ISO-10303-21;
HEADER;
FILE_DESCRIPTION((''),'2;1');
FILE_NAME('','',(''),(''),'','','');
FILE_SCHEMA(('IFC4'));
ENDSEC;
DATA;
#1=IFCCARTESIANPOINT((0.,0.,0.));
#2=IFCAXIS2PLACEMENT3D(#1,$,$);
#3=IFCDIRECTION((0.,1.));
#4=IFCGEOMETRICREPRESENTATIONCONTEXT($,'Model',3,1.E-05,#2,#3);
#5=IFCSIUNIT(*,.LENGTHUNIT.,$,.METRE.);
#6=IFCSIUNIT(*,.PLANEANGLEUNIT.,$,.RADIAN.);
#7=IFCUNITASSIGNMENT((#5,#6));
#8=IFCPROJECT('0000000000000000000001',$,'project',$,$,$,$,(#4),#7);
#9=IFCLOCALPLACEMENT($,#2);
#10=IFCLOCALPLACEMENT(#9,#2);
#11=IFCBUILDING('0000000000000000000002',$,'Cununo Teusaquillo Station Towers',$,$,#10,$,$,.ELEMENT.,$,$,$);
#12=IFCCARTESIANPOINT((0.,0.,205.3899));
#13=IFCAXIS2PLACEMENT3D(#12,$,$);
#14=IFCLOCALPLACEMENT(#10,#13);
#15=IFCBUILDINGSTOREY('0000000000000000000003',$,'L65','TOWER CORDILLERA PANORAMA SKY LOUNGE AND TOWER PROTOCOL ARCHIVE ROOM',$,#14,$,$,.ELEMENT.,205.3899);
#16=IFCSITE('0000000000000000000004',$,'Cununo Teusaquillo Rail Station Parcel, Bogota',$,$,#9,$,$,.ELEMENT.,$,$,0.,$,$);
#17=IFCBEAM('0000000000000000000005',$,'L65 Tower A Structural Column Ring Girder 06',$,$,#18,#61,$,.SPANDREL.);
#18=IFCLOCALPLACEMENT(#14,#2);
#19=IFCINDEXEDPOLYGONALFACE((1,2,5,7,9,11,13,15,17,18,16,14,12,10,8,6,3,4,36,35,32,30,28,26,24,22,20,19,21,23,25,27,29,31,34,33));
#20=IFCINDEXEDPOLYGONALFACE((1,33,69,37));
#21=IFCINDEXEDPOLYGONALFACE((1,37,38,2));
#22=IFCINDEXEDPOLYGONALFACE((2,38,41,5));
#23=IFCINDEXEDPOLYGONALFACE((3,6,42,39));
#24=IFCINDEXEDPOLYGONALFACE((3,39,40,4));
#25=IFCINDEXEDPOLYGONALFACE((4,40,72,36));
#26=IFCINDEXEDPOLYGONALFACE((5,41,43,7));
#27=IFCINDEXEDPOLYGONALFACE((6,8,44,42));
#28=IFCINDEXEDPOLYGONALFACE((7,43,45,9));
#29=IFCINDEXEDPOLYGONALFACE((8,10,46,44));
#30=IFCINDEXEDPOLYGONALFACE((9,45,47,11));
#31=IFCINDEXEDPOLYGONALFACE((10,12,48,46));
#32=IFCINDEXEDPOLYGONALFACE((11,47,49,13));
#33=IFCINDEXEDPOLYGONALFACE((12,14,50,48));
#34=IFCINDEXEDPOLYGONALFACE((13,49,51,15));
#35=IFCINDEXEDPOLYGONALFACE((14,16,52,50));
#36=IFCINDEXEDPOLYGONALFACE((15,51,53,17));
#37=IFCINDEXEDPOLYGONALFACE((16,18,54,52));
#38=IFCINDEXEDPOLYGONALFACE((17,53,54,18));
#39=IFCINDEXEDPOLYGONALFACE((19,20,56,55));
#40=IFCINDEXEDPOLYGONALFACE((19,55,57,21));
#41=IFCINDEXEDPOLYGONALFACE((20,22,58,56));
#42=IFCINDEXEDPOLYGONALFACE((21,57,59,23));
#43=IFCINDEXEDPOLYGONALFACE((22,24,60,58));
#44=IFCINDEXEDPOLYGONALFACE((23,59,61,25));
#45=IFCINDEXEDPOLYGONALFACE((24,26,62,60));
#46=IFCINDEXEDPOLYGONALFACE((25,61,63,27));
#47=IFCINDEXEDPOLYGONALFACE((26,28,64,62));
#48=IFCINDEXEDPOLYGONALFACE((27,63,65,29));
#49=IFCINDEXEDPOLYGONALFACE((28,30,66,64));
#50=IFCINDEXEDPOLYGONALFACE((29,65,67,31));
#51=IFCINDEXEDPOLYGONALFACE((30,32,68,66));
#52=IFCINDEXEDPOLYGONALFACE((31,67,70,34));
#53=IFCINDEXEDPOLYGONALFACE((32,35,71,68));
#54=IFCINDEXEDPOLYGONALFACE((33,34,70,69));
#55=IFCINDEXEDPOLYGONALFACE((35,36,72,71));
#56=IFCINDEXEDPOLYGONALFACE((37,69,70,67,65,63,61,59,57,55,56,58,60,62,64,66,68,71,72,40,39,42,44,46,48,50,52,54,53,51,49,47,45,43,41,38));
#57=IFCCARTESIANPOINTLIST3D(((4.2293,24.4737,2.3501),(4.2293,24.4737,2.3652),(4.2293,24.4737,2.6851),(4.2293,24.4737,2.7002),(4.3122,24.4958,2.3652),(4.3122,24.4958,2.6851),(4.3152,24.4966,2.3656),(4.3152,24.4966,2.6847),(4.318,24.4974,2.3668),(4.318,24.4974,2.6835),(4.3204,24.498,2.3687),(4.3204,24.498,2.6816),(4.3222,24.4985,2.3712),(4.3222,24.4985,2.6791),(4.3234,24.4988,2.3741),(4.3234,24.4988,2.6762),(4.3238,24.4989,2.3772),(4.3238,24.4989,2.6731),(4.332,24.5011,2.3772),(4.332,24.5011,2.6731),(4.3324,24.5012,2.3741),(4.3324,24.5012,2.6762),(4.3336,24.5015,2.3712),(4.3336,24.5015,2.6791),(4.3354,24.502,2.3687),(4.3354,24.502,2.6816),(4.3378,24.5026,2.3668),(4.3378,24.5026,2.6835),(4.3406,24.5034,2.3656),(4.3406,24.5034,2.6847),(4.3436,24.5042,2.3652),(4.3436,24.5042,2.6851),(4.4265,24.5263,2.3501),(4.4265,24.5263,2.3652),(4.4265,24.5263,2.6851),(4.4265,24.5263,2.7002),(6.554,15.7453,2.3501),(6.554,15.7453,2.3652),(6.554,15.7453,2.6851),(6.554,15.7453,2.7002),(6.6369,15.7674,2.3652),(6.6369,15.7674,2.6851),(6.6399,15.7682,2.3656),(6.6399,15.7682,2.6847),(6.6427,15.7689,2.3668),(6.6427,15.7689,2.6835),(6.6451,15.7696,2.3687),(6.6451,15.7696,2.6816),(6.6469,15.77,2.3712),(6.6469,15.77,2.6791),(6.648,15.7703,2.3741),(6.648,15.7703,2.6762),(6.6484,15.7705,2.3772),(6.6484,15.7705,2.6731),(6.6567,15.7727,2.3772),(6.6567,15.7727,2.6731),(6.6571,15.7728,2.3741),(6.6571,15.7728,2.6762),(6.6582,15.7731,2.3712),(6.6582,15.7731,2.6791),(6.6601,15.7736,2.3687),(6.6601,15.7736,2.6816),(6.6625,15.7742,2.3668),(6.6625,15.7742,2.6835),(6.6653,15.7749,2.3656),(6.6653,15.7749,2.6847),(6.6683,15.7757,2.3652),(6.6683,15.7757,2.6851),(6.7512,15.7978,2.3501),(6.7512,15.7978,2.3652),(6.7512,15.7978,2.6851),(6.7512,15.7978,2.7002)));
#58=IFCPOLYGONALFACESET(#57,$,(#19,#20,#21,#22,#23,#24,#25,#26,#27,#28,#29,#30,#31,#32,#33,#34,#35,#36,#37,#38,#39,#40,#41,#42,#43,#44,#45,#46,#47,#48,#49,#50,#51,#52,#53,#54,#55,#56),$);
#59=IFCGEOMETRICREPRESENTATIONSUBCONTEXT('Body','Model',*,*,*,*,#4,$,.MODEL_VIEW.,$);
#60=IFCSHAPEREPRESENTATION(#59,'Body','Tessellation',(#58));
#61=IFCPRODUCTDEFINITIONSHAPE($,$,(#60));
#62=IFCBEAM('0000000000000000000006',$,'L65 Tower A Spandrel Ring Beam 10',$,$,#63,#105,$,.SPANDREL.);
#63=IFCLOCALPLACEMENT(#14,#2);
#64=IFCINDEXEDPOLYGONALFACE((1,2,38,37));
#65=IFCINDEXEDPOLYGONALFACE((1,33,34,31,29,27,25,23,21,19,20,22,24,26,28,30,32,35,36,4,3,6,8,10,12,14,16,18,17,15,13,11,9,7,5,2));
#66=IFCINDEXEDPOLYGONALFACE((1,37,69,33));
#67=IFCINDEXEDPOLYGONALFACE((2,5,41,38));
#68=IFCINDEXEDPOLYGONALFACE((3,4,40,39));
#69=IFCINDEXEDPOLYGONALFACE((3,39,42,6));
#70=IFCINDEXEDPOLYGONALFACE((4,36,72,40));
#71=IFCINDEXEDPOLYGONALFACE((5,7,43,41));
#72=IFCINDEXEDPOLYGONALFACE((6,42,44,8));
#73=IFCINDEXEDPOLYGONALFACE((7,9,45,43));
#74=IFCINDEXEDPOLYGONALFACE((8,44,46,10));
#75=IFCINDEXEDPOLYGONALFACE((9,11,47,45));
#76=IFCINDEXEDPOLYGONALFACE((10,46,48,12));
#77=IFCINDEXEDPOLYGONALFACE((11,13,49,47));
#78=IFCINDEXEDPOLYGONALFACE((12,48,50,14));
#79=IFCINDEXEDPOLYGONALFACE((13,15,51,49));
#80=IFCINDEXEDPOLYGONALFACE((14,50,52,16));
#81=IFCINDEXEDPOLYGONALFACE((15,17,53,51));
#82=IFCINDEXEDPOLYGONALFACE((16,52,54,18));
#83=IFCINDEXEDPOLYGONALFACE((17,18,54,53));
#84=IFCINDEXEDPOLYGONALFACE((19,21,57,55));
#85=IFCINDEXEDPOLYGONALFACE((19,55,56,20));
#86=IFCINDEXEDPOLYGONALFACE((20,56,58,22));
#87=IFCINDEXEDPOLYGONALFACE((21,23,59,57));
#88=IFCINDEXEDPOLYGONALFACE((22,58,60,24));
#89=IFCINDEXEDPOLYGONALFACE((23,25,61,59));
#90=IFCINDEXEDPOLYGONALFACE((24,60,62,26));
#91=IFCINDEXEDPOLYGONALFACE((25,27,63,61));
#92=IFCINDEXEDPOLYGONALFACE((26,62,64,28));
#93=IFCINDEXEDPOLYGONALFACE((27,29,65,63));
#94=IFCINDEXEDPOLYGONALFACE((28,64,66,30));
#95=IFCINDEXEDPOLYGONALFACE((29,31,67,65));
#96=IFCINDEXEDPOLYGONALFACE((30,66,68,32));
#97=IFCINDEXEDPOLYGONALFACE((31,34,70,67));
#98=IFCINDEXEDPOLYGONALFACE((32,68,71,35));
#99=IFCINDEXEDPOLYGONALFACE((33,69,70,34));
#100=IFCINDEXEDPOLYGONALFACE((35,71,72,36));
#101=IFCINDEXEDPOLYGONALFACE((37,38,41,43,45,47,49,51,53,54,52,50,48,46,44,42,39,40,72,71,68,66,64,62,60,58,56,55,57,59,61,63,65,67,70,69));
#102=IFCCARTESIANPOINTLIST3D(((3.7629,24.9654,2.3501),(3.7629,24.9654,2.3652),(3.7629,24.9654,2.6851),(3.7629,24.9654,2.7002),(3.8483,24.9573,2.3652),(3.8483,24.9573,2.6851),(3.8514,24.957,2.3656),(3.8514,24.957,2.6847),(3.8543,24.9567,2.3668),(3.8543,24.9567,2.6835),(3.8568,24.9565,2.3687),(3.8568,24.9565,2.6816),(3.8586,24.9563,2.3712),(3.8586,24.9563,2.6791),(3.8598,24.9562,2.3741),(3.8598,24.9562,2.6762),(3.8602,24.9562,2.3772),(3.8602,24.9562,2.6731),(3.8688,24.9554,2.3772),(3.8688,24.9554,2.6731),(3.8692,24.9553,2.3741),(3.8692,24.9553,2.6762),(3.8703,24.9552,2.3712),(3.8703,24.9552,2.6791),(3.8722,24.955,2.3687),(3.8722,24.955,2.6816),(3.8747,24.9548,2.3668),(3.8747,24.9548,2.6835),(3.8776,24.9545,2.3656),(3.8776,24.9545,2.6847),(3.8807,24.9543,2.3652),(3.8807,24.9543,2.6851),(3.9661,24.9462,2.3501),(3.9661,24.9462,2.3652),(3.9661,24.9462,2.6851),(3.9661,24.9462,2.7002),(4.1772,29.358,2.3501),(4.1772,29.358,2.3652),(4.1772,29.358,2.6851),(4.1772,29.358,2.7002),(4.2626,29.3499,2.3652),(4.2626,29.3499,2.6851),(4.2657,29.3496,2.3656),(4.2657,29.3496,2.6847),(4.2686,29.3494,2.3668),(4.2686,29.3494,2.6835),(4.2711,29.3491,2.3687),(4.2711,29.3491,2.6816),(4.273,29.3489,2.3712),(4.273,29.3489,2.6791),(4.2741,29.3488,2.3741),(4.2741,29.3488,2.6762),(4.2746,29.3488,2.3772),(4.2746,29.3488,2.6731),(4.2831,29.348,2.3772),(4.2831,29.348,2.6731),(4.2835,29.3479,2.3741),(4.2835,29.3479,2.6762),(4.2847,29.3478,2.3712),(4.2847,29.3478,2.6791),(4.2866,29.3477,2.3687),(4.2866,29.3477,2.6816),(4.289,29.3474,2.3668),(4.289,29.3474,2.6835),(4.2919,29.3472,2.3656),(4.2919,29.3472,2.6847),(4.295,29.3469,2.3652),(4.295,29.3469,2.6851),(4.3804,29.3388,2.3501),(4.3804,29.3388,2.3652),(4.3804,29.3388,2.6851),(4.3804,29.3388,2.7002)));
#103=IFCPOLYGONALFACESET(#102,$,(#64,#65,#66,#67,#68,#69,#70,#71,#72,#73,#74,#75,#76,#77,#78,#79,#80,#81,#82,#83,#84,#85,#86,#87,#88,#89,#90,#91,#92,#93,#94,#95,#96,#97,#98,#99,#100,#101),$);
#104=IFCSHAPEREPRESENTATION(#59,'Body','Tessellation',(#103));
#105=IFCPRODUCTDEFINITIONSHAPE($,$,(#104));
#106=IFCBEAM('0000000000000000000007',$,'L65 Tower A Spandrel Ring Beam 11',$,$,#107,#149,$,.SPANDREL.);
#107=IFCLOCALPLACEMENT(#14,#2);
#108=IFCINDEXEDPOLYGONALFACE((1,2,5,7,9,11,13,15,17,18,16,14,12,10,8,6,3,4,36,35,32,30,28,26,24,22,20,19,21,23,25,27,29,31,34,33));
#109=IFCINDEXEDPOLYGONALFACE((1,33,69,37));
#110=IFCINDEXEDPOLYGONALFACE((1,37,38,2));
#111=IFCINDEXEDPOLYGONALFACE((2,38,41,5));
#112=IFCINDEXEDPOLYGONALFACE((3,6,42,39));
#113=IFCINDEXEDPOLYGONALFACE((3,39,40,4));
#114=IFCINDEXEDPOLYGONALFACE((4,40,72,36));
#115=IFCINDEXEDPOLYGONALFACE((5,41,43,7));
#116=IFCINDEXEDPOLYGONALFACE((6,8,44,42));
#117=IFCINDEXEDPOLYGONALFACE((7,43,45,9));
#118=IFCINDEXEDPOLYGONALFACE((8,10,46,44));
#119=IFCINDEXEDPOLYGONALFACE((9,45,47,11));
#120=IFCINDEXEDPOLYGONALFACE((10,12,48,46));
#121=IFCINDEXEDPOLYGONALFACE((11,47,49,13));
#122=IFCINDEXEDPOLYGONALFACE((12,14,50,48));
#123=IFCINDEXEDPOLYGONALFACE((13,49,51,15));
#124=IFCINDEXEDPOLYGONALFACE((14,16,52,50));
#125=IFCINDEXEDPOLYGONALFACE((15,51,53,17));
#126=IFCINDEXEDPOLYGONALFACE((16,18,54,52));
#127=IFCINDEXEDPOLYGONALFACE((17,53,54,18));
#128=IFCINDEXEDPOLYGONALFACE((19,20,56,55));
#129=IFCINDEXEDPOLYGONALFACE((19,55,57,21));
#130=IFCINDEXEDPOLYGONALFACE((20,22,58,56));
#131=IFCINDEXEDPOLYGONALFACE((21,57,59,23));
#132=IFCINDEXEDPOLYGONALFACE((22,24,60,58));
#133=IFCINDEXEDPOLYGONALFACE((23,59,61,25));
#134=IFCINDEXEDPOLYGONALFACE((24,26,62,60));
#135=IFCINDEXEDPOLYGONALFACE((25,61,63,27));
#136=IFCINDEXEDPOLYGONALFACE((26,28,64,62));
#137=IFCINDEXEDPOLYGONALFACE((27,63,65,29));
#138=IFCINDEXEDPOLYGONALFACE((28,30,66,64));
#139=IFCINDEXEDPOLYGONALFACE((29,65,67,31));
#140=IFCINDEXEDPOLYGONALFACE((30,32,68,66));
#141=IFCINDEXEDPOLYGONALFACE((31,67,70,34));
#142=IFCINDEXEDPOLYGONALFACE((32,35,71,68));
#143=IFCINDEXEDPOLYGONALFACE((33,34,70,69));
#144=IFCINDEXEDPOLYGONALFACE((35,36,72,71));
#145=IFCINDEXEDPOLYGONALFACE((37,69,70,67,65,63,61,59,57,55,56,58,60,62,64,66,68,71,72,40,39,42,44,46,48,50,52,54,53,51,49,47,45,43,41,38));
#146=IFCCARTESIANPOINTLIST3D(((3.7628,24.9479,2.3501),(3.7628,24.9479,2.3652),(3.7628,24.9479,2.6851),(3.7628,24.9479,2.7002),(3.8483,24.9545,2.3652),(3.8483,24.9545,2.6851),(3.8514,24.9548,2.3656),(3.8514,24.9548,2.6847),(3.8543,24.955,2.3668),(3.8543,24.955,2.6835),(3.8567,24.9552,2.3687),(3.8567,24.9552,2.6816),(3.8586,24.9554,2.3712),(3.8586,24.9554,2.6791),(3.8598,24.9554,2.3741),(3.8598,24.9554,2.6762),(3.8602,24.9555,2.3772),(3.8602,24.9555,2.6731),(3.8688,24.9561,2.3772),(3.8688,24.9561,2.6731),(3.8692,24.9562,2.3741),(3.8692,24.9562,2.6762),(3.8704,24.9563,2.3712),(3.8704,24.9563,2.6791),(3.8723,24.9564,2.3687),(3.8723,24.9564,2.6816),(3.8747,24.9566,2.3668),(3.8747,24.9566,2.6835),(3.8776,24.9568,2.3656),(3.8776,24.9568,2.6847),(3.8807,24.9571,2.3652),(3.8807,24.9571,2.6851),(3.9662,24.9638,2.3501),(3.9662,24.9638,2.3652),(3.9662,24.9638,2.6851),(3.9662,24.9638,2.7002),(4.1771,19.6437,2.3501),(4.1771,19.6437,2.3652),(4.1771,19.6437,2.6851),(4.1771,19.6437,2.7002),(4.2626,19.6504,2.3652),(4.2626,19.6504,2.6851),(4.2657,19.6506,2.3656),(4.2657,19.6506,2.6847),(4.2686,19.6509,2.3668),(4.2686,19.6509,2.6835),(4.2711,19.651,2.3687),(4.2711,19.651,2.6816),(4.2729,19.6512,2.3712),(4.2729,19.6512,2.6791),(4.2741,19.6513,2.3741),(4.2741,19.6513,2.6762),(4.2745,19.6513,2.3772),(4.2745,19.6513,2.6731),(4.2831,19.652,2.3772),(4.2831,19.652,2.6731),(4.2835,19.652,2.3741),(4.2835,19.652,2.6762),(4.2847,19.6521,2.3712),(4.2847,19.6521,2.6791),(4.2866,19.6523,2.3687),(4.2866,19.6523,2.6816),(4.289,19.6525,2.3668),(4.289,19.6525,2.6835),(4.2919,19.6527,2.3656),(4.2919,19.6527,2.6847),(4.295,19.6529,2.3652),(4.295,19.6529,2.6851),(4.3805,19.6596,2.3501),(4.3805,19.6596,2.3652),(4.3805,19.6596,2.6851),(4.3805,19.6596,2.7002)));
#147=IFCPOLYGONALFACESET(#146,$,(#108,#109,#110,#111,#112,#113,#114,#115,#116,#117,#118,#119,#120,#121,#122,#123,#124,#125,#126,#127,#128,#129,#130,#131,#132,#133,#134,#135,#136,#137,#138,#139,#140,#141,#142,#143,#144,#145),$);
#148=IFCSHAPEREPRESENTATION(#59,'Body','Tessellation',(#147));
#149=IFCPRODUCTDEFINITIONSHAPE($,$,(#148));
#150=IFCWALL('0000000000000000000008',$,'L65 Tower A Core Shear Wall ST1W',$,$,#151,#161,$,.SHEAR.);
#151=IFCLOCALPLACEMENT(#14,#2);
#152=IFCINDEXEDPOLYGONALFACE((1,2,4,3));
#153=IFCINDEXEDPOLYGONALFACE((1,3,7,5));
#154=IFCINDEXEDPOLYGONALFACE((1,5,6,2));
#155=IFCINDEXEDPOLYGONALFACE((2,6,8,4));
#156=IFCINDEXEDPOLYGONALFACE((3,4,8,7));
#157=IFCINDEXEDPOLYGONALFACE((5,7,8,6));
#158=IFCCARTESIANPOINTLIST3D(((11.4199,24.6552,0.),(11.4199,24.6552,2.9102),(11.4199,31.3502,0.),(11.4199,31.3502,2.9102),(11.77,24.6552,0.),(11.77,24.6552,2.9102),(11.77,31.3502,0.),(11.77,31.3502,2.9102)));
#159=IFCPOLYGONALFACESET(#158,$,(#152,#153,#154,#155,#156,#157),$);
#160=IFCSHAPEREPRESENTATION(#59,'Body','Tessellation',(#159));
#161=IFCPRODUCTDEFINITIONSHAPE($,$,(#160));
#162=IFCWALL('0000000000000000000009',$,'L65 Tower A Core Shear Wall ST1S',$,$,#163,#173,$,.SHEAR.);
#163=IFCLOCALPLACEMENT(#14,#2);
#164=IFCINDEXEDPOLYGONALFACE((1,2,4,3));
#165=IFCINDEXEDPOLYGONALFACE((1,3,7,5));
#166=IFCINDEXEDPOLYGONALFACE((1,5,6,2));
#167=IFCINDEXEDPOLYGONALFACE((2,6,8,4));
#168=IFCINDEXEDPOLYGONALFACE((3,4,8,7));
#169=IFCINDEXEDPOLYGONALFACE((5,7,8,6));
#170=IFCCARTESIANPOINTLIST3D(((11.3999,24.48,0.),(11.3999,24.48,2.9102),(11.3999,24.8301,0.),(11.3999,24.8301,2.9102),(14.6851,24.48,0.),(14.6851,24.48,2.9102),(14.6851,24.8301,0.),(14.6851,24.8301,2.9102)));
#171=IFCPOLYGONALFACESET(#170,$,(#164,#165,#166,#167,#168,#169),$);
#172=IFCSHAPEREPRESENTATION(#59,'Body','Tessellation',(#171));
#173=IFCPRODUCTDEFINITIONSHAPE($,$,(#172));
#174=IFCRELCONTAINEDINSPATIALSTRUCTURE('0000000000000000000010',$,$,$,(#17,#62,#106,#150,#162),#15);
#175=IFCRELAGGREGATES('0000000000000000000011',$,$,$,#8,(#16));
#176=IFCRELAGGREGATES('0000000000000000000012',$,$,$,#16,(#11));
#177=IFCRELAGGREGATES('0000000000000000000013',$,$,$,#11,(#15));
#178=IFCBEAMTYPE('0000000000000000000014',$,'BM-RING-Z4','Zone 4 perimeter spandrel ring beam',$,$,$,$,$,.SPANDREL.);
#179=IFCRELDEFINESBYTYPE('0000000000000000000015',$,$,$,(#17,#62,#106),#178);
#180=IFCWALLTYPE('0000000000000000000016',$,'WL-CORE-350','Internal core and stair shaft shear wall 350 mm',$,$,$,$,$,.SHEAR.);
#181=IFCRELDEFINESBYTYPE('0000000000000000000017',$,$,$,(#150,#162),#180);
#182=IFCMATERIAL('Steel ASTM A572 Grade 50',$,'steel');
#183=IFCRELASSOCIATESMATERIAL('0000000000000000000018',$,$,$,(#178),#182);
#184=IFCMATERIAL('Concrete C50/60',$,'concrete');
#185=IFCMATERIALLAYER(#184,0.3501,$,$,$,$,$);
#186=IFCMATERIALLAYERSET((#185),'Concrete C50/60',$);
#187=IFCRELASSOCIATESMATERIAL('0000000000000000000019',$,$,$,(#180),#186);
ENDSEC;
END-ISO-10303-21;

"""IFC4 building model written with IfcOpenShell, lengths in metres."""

from ifc_helpers import new_model, si_unit, direction, frame, frame_2d, origin, origin_2d, place, context, subcontext, project, spatial, rectangle, i_section, extrude, material, layer, layer_set, material_profile, profile_set, type_object, element, save


model = new_model("IFC4")

# Units and contexts
model_context = context("Model", 3, precision=1e-05, world=origin(), true_north=direction((0.0, 1.0)))
body_context = subcontext(model_context, "Body", "Model", "MODEL_VIEW")
ifc_project = project(units=[si_unit("LENGTHUNIT", "METRE"), si_unit("PLANEANGLEUNIT", "RADIAN")], contexts=[model_context])

# Site, building, storey
site_placement = place(None, origin())
site = spatial("IfcSite", under=ifc_project, at=site_placement, Name="Cununo Teusaquillo Rail Station Parcel, Bogota", CompositionType="ELEMENT", RefElevation=0.0)
building_placement = place(site_placement, origin())
building = spatial("IfcBuilding", under=site, at=building_placement, Name="Cununo Teusaquillo Station Towers", CompositionType="ELEMENT")
storey_placement = place(building_placement, frame((0.0, 0.0, 205.3899)))
storey = spatial("IfcBuildingStorey", under=building, at=storey_placement, Name="L65", Description="TOWER CORDILLERA PANORAMA SKY LOUNGE AND TOWER PROTOCOL ARCHIVE ROOM", CompositionType="ELEMENT", Elevation=205.3899)

# Beams
ifc_material_1 = material(Name="Steel ASTM A572 Grade 50", Category="steel")
ifc_material_profile_1 = material_profile(ifc_material_1, i_section(OverallWidth=0.2041, OverallDepth=0.3501, WebThickness=0.0085, FlangeThickness=0.0151, FilletRadius=0.012, at=origin_2d()), Name="W14X48")
ifc_profile_set_1 = profile_set([ifc_material_profile_1], Name="Steel ASTM A572 Grade 50")
beam_type_1 = type_object("IfcBeamType", Name="BM-RING-Z4", Description="Zone 4 perimeter spandrel ring beam", PredefinedType="SPANDREL", material=ifc_profile_set_1)
beam_1_placement = place(storey_placement, frame((4.3279, 24.5, 2.5251), z_axis=(0.257363, -0.966315, 0.0), x_axis=(0.966315, 0.257363, 0.0)))
element("IfcBeam", 1, at=beam_1_placement, inside=storey, type_object=beam_type_1, Name="L65 Tower A Structural Column Ring Girder 06", PredefinedType="SPANDREL", context=body_context, shape_type="SweptSolid", body=[
    extrude(i_section(OverallWidth=0.2041, OverallDepth=0.3501, WebThickness=0.0085, FlangeThickness=0.0151, FilletRadius=0.012, at=origin_2d()), origin(), (0.0, 0.0, 1.0), 9.0327),
])
beam_2_placement = place(storey_placement, frame((4.2788, 29.3484, 2.5251), z_axis=(-0.093903, -0.995581, 0.0), x_axis=(0.995581, -0.093903, 0.0)))
element("IfcBeam", 2, at=beam_2_placement, inside=storey, type_object=beam_type_1, Name="L65 Tower A Spandrel Ring Beam 10", PredefinedType="SPANDREL", context=body_context, shape_type="SweptSolid", body=[
    extrude(i_section(OverallWidth=0.2041, OverallDepth=0.3501, WebThickness=0.0085, FlangeThickness=0.0151, FilletRadius=0.012, at=origin_2d()), origin(), (0.0, 0.0, 1.0), 4.4121),
])
beam_3_placement = place(storey_placement, frame((3.8645, 24.9558, 2.5251), z_axis=(0.077872, -0.996963, 0.0), x_axis=(0.996963, 0.077872, 0.0)))
element("IfcBeam", 3, at=beam_3_placement, inside=storey, type_object=beam_type_1, Name="L65 Tower A Spandrel Ring Beam 11", PredefinedType="SPANDREL", context=body_context, shape_type="SweptSolid", body=[
    extrude(i_section(OverallWidth=0.2041, OverallDepth=0.3501, WebThickness=0.0085, FlangeThickness=0.0151, FilletRadius=0.012, at=origin_2d()), origin(), (0.0, 0.0, 1.0), 5.3203),
])

# Walls
ifc_material_2 = material(Name="Concrete C50/60", Category="concrete")
ifc_layer_1 = layer(ifc_material_2, 0.3501)
ifc_layer_set_1 = layer_set([ifc_layer_1], Name="Concrete C50/60")
wall_type_1 = type_object("IfcWallType", Name="WL-CORE-350", Description="Internal core and stair shaft shear wall 350 mm", PredefinedType="SHEAR", material=ifc_layer_set_1)
wall_1_placement = place(storey_placement, frame((11.595, 24.655, 0.0), z_axis=(0.0, 0.0, 1.0), x_axis=(0.0, 1.0, 0.0)))
element("IfcWall", 4, at=wall_1_placement, inside=storey, type_object=wall_type_1, Name="L65 Tower A Core Shear Wall ST1W", PredefinedType="SHEAR", context=body_context, shape_type="SweptSolid", body=[
    extrude(rectangle(XDim=6.6951, YDim=0.3501, at=frame_2d((3.3477, 0.0))), origin(), (0.0, 0.0, 1.0), 2.9102),
])
wall_2_placement = place(storey_placement, frame((11.3999, 24.655, 0.0), z_axis=(0.0, 0.0, 1.0), x_axis=(1.0, 0.0, 0.0)))
element("IfcWall", 5, at=wall_2_placement, inside=storey, type_object=wall_type_1, Name="L65 Tower A Core Shear Wall ST1S", PredefinedType="SHEAR", context=body_context, shape_type="SweptSolid", body=[
    extrude(rectangle(XDim=3.2852, YDim=0.3501, at=frame_2d((1.6426, 0.0))), origin(), (0.0, 0.0, 1.0), 2.9102),
])

save(model, "model.ifc")
